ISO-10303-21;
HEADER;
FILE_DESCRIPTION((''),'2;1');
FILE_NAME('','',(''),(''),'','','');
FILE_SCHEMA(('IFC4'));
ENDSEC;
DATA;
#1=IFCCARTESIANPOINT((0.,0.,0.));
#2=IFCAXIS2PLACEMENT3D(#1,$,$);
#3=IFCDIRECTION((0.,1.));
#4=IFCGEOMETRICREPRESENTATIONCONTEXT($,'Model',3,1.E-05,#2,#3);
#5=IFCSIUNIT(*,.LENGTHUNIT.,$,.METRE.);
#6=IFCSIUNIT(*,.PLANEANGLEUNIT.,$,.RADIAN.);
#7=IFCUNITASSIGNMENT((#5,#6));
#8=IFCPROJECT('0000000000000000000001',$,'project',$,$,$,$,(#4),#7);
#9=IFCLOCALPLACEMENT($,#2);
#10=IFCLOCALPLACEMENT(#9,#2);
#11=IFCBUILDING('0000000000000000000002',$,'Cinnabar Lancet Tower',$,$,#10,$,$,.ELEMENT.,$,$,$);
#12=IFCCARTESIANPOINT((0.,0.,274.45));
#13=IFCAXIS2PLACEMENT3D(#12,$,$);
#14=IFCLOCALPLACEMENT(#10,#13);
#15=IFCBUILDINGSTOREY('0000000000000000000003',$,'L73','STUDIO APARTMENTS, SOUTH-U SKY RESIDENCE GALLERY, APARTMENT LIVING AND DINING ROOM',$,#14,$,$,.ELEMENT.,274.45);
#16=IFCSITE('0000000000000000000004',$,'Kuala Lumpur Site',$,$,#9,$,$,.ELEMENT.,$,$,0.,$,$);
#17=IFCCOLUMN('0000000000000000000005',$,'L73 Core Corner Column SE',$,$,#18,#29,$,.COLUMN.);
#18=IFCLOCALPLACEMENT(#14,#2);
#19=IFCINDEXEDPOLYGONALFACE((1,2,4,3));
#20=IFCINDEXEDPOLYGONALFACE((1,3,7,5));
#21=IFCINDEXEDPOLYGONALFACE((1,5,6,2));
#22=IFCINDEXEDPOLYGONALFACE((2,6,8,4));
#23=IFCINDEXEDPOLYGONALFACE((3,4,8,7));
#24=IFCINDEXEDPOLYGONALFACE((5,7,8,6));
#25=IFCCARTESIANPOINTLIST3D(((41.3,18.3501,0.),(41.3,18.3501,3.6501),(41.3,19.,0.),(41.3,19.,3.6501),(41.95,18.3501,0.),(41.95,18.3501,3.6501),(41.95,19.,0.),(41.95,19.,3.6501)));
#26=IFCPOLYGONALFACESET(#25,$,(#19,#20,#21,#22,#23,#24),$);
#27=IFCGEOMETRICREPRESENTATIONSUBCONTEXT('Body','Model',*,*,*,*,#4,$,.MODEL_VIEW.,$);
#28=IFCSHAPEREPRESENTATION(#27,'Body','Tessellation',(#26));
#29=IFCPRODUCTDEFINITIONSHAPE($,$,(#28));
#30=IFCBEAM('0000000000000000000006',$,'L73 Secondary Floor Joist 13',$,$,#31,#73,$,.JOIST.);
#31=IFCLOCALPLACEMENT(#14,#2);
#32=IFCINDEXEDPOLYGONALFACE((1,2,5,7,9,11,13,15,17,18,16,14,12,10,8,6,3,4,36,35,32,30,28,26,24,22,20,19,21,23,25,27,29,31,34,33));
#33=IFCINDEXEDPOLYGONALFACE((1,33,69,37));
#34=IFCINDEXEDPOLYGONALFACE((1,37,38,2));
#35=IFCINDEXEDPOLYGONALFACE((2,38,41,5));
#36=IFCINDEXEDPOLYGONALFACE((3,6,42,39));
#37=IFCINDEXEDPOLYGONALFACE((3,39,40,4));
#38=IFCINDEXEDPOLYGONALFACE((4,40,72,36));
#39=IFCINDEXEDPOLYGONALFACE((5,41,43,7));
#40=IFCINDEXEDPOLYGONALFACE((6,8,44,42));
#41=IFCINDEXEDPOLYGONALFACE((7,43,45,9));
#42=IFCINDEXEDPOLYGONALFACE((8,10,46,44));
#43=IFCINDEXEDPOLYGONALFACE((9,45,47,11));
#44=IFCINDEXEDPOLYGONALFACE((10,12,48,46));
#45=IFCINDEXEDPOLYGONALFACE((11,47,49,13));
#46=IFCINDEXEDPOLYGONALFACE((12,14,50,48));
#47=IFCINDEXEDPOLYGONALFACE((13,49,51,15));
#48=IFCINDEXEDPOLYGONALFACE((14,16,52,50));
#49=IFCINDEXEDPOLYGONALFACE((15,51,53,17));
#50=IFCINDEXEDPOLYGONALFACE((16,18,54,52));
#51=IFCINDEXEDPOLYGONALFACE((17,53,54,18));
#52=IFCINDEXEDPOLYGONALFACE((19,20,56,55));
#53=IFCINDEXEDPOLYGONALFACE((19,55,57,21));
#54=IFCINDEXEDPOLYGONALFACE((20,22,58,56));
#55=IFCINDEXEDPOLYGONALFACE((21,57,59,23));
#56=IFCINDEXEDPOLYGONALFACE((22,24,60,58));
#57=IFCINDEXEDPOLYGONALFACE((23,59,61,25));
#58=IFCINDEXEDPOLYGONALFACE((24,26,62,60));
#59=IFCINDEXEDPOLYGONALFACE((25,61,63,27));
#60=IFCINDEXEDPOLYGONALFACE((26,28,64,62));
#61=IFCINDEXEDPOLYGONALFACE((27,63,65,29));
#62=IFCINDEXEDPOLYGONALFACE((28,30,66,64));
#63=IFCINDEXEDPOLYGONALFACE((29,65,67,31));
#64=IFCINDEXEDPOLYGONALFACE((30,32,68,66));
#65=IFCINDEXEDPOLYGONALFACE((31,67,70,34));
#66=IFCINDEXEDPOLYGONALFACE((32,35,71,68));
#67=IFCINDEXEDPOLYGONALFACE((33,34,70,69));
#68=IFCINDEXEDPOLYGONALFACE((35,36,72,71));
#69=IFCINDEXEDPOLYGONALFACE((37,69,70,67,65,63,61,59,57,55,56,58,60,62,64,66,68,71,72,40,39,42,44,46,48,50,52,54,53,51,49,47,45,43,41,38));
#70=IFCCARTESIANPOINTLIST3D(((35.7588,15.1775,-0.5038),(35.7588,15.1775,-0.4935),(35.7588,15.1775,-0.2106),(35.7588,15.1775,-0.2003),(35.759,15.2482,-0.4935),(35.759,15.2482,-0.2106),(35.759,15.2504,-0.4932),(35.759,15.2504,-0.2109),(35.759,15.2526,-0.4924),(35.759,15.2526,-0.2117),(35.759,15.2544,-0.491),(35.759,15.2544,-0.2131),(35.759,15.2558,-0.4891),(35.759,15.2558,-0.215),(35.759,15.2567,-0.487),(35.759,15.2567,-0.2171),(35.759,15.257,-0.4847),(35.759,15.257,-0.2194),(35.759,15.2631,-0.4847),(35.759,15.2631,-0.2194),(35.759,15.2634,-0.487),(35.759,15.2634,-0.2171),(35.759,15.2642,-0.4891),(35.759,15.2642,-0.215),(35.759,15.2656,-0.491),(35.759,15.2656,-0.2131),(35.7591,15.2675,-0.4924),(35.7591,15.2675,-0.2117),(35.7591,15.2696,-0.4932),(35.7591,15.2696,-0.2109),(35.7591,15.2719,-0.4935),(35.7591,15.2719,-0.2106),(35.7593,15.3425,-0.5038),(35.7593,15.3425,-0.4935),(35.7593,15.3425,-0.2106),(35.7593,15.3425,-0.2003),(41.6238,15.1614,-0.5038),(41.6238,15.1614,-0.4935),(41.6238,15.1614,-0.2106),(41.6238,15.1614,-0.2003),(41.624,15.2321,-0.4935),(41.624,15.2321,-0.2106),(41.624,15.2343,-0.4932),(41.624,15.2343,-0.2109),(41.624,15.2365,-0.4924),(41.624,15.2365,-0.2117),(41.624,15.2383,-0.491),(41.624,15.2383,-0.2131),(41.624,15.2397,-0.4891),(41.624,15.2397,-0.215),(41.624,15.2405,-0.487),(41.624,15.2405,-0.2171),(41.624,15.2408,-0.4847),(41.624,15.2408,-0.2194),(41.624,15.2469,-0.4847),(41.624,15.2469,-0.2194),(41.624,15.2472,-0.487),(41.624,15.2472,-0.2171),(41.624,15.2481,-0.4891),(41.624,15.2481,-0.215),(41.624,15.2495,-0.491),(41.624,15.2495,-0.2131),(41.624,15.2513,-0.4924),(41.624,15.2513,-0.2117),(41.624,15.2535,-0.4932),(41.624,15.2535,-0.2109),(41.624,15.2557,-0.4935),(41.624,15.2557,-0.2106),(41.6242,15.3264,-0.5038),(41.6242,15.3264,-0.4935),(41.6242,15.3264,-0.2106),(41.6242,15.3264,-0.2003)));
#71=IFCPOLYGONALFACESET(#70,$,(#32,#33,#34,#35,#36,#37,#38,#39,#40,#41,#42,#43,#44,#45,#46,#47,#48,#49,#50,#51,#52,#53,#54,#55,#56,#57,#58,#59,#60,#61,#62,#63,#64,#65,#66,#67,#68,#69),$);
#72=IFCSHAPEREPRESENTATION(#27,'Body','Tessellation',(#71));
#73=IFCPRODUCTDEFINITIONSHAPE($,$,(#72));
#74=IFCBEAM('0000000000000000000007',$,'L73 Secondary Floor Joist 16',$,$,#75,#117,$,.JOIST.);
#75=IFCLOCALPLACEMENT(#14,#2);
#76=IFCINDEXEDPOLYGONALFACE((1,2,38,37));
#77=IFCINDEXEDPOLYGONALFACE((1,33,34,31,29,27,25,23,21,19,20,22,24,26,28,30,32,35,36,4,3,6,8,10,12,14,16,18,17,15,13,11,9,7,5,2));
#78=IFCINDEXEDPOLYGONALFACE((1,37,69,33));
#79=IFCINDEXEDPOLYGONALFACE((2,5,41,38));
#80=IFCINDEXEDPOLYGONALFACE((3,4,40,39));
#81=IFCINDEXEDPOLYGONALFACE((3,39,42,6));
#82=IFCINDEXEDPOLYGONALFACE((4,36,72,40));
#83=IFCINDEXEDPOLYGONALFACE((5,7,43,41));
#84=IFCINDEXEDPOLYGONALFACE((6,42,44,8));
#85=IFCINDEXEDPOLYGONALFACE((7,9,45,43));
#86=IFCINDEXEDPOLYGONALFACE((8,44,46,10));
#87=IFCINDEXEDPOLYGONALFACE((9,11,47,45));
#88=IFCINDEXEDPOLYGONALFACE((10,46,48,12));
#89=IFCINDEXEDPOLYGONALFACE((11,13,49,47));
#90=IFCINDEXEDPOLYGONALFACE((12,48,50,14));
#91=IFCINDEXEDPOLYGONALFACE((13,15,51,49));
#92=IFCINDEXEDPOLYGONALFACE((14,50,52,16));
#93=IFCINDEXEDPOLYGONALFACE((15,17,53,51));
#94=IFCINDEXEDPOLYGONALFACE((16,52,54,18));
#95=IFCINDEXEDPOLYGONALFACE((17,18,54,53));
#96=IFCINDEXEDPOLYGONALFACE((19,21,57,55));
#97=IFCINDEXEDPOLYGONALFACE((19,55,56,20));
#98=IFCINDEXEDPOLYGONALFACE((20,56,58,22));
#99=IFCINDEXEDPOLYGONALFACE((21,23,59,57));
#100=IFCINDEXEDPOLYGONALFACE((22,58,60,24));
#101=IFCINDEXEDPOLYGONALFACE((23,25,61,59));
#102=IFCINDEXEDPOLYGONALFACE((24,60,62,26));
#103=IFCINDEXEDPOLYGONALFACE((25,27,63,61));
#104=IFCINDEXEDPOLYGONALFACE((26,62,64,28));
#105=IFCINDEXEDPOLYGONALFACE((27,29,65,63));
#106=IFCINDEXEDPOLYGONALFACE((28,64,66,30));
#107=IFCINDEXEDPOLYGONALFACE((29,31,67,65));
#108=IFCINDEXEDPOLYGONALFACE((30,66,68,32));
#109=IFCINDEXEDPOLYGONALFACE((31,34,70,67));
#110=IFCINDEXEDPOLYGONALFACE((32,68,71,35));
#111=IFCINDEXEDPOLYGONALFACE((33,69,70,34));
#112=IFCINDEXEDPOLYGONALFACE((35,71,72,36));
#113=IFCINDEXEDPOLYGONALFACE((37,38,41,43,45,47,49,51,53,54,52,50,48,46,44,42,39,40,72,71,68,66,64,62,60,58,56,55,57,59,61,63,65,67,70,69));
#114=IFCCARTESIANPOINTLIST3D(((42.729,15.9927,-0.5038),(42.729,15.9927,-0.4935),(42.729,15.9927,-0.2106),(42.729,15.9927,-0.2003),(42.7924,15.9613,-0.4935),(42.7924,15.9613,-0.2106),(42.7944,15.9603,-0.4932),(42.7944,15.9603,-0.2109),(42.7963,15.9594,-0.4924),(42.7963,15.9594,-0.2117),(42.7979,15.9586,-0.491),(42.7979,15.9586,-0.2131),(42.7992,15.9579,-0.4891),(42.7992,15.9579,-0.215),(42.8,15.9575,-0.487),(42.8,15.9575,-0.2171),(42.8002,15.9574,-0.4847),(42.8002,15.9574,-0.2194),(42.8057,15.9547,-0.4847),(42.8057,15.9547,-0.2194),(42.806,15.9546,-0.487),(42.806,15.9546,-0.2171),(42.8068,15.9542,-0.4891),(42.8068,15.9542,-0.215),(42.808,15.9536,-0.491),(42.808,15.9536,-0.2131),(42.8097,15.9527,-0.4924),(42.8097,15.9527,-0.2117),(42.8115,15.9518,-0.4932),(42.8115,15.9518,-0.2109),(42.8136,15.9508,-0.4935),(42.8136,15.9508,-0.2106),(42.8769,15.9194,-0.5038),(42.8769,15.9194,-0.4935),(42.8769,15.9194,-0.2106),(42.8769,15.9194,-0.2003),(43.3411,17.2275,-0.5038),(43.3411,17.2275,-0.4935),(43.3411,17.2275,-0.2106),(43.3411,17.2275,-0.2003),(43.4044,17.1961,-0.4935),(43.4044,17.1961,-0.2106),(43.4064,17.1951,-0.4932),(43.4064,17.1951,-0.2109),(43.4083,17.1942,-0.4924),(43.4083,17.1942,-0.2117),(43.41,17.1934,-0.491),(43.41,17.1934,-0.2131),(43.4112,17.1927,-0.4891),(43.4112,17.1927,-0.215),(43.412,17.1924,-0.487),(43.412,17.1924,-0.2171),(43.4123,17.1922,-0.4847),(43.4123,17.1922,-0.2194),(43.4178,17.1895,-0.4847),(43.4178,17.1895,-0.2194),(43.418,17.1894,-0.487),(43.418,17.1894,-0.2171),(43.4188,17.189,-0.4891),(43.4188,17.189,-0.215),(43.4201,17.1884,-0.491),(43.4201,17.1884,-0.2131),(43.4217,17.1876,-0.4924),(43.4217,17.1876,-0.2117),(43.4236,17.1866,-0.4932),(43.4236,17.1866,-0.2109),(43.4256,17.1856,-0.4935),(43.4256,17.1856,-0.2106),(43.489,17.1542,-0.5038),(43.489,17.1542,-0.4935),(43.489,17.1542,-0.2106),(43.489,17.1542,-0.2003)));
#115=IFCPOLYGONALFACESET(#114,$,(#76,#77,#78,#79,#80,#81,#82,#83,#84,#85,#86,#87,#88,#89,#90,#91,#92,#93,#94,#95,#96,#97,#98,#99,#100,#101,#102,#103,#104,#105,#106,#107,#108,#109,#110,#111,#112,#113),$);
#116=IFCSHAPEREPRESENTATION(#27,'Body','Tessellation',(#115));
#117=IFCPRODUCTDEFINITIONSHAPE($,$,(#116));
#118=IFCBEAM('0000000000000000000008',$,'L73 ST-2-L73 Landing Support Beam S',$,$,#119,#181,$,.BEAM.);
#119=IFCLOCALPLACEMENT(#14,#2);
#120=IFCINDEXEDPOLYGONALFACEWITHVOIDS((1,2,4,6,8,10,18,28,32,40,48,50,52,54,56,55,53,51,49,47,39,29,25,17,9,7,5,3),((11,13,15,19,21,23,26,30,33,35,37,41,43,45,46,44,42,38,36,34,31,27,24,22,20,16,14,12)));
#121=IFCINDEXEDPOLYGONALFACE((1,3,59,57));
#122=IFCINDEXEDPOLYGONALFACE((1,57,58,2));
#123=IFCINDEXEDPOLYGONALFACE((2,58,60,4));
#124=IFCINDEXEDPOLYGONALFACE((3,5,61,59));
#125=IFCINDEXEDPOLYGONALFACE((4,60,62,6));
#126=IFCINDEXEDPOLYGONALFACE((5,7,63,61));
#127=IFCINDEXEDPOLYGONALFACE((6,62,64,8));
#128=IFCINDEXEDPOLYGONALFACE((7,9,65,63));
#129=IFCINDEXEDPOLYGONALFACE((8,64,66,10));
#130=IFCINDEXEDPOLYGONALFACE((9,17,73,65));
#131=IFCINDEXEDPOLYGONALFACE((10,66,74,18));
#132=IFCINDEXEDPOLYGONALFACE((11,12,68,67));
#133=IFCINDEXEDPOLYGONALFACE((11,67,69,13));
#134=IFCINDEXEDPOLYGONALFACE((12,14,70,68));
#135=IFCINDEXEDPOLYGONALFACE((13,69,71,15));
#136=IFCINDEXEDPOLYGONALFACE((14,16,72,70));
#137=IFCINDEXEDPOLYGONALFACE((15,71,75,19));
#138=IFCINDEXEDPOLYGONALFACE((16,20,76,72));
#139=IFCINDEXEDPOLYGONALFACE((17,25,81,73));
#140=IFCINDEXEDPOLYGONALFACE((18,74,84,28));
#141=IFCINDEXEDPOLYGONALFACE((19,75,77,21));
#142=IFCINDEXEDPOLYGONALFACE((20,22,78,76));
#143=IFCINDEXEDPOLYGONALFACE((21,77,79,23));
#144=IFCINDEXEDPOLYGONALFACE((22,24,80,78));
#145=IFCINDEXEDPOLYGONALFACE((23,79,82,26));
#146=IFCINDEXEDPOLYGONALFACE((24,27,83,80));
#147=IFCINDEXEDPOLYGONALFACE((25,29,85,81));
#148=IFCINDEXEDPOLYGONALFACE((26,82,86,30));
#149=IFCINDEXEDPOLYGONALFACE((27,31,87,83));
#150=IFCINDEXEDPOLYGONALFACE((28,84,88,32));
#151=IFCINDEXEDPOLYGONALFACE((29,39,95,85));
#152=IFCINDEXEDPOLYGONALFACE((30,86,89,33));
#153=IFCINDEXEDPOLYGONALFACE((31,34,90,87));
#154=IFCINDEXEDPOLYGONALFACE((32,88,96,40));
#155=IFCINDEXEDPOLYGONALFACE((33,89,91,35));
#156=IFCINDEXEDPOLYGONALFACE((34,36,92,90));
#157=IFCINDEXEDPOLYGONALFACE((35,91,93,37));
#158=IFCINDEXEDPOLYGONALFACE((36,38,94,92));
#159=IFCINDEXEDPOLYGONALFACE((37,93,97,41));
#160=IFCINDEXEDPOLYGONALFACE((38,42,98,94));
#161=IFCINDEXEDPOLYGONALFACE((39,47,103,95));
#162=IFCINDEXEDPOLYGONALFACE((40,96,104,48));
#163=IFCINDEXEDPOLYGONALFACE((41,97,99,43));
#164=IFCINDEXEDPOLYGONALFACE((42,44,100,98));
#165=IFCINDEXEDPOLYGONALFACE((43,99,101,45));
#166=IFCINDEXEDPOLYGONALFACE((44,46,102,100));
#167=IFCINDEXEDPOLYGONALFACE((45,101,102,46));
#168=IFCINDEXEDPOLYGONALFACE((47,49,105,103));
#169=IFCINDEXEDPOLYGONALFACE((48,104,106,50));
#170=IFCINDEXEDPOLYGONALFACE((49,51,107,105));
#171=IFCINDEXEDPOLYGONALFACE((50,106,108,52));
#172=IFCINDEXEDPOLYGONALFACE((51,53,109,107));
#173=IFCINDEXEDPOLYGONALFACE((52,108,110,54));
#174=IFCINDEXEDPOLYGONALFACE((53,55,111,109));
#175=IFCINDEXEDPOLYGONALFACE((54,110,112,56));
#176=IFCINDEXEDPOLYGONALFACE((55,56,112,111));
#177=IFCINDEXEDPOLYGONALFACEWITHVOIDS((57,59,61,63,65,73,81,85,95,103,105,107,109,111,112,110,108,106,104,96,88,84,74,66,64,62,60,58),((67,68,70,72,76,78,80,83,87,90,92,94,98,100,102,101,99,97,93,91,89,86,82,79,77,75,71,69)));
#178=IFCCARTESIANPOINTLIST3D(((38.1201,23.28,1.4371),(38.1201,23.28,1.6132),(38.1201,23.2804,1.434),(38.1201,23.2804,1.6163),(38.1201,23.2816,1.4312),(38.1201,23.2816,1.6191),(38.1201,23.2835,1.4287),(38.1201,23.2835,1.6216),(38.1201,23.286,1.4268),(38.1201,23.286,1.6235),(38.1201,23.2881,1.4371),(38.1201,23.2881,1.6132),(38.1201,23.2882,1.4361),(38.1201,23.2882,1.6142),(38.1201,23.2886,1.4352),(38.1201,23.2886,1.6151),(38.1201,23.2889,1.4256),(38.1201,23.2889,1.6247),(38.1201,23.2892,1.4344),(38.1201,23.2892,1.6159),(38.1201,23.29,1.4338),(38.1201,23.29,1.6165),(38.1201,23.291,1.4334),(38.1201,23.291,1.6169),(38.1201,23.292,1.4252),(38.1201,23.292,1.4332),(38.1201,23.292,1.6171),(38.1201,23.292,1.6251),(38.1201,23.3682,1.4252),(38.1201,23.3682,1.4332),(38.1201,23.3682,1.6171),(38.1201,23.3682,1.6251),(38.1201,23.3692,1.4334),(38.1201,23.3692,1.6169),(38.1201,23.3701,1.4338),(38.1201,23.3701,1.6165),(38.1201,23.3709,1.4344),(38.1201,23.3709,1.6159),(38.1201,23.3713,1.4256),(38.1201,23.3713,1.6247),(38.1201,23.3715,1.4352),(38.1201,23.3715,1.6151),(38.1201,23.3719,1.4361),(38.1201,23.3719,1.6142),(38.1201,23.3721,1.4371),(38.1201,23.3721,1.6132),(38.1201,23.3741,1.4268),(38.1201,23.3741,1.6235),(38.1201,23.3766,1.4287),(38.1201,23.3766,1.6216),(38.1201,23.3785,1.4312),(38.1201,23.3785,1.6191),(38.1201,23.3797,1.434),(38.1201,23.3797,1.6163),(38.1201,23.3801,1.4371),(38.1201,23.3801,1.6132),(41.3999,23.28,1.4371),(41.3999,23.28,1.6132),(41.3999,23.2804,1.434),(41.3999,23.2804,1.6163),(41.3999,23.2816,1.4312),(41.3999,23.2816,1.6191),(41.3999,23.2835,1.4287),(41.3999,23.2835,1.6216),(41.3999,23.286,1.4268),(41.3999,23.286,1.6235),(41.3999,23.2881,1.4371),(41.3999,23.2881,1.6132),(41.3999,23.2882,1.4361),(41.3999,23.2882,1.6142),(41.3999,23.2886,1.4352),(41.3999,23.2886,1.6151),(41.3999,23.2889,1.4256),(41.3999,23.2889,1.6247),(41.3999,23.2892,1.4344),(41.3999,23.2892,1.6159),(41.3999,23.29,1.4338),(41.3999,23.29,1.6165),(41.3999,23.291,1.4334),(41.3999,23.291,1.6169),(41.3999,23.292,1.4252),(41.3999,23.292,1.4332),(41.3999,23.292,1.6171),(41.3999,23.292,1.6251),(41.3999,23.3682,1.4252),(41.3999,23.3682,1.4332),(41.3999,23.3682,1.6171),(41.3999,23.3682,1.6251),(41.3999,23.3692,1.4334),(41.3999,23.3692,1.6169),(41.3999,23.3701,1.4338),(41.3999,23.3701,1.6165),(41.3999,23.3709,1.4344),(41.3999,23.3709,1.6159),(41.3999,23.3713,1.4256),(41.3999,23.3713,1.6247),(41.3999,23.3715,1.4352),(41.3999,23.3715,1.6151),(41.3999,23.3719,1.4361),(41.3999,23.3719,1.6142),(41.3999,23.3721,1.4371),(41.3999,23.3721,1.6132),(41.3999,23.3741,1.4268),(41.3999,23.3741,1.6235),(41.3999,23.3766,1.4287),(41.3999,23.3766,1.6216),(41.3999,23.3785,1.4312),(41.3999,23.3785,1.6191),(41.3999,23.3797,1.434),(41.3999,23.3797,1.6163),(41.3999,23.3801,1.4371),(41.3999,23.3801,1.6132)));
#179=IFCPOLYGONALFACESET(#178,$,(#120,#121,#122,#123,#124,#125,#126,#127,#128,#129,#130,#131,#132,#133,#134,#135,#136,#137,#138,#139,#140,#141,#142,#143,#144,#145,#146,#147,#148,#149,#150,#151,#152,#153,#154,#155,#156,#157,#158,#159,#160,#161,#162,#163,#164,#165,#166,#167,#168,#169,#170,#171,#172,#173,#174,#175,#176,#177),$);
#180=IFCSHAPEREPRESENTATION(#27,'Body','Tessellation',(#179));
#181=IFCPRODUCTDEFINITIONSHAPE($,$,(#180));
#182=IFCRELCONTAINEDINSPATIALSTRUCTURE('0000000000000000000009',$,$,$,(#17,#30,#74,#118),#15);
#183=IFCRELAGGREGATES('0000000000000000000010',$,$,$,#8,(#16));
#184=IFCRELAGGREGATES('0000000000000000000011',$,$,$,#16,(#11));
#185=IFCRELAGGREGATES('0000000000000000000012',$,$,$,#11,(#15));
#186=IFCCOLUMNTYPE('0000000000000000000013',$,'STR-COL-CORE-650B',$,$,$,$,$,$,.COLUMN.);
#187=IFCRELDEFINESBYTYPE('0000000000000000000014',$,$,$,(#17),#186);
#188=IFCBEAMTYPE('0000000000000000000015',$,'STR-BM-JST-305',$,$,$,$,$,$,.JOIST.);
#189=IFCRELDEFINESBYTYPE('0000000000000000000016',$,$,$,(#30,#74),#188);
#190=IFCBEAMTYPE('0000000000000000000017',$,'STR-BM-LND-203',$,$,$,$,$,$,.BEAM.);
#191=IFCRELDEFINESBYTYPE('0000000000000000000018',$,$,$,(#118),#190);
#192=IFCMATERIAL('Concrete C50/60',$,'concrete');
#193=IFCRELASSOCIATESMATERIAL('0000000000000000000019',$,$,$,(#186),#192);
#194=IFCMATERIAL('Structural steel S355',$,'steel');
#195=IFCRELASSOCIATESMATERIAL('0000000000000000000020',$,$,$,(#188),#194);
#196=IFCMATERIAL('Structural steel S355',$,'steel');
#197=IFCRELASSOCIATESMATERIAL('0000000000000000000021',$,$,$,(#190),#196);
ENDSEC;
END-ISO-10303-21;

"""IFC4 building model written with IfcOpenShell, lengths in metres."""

from ifc_helpers import new_model, si_unit, direction, frame, origin, origin_2d, place, context, subcontext, project, spatial, rectangle, hollow_rectangle, i_section, extrude, material, material_profile, profile_set, type_object, element, save


model = new_model("IFC4")

# Units and contexts
model_context = context("Model", 3, precision=1e-05, world=origin(), true_north=direction((0.0, 1.0)))
body_context = subcontext(model_context, "Body", "Model", "MODEL_VIEW")
ifc_project = project(units=[si_unit("LENGTHUNIT", "METRE"), si_unit("PLANEANGLEUNIT", "RADIAN")], contexts=[model_context])

# Site, building, storey
site_placement = place(None, origin())
site = spatial("IfcSite", under=ifc_project, at=site_placement, Name="Kuala Lumpur Site", CompositionType="ELEMENT", RefElevation=0.0)
building_placement = place(site_placement, origin())
building = spatial("IfcBuilding", under=site, at=building_placement, Name="Cinnabar Lancet Tower", CompositionType="ELEMENT")
storey_placement = place(building_placement, frame((0.0, 0.0, 274.45)))
storey = spatial("IfcBuildingStorey", under=building, at=storey_placement, Name="L73", Description="STUDIO APARTMENTS, SOUTH-U SKY RESIDENCE GALLERY, APARTMENT LIVING AND DINING ROOM", CompositionType="ELEMENT", Elevation=274.45)

# Column
ifc_material_1 = material(Name="Concrete C50/60", Category="concrete")
ifc_material_profile_1 = material_profile(ifc_material_1, rectangle(XDim=0.6499, YDim=0.6499, at=origin_2d()), Name="RC-COL 650x650")
ifc_profile_set_1 = profile_set([ifc_material_profile_1], Name="Concrete C50/60")
column_type = type_object("IfcColumnType", Name="STR-COL-CORE-650B", PredefinedType="COLUMN", material=ifc_profile_set_1)
column_placement = place(storey_placement, frame((41.625, 18.675, 0.0), z_axis=(0.0, 0.0, 1.0), x_axis=(1.0, 0.0, 0.0)))
element("IfcColumn", 1, at=column_placement, inside=storey, type_object=column_type, Name="L73 Core Corner Column SE", PredefinedType="COLUMN", context=body_context, shape_type="SweptSolid", body=[
    extrude(rectangle(XDim=0.6499, YDim=0.6499, at=origin_2d()), origin(), (0.0, 0.0, 1.0), 3.6501),
])

# Beams
ifc_material_2 = material(Name="Structural steel S355", Category="steel")
ifc_material_profile_2 = material_profile(ifc_material_2, i_section(OverallWidth=0.165, OverallDepth=0.3035, WebThickness=0.0061, FlangeThickness=0.0103, FilletRadius=0.0088, at=origin_2d()), Name="UKB 305x165x40")
ifc_profile_set_2 = profile_set([ifc_material_profile_2], Name="Structural steel S355")
beam_type_1 = type_object("IfcBeamType", Name="STR-BM-JST-305", PredefinedType="JOIST", material=ifc_profile_set_2)
beam_1_placement = place(storey_placement, frame((35.759, 15.26, -0.3521), z_axis=(0.999996, -0.002747, 0.0), x_axis=(0.002747, 0.999996, 0.0)))
element("IfcBeam", 2, at=beam_1_placement, inside=storey, type_object=beam_type_1, Name="L73 Secondary Floor Joist 13", PredefinedType="JOIST", context=body_context, shape_type="SweptSolid", body=[
    extrude(i_section(OverallWidth=0.165, OverallDepth=0.3035, WebThickness=0.0061, FlangeThickness=0.0103, FilletRadius=0.0088, at=origin_2d()), origin(), (0.0, 0.0, 1.0), 5.865),
])
beam_2_placement = place(storey_placement, frame((42.803, 15.9561, -0.3521), z_axis=(0.444093, 0.895981, 0.0), x_axis=(-0.895981, 0.444093, 0.0)))
element("IfcBeam", 3, at=beam_2_placement, inside=storey, type_object=beam_type_1, Name="L73 Secondary Floor Joist 16", PredefinedType="JOIST", context=body_context, shape_type="SweptSolid", body=[
    extrude(i_section(OverallWidth=0.165, OverallDepth=0.3035, WebThickness=0.0061, FlangeThickness=0.0103, FilletRadius=0.0088, at=origin_2d()), origin(), (0.0, 0.0, 1.0), 1.3782),
])
ifc_material_3 = material(Name="Structural steel S355", Category="steel")
ifc_material_profile_3 = material_profile(ifc_material_3, hollow_rectangle(XDim=0.1001, YDim=0.2, WallThickness=0.0081, InnerFilletRadius=0.0039, OuterFilletRadius=0.012, at=origin_2d()), Name="RHS 200x100x8")
ifc_profile_set_3 = profile_set([ifc_material_profile_3], Name="Structural steel S355")
beam_type_2 = type_object("IfcBeamType", Name="STR-BM-LND-203", PredefinedType="BEAM", material=ifc_profile_set_3)
for number, where, z_axis, x_axis, name in (
    (4, (38.1201, 23.3301, 1.5251), (1.0, 0.0, 0.0), (0.0, 1.0, 0.0), "L73 ST-2-L73 Landing Support Beam S"),
):
    element("IfcBeam", number, at=place(storey_placement, frame(where, z_axis=z_axis, x_axis=x_axis)), inside=storey, type_object=beam_type_2, Name=name, PredefinedType="BEAM", context=body_context, shape_type="SweptSolid", body=[
        extrude(hollow_rectangle(XDim=0.1001, YDim=0.2, WallThickness=0.0081, InnerFilletRadius=0.0039, OuterFilletRadius=0.012, at=origin_2d()), origin(), (0.0, 0.0, 1.0), 3.2798),
    ])

save(model, "model.ifc")
